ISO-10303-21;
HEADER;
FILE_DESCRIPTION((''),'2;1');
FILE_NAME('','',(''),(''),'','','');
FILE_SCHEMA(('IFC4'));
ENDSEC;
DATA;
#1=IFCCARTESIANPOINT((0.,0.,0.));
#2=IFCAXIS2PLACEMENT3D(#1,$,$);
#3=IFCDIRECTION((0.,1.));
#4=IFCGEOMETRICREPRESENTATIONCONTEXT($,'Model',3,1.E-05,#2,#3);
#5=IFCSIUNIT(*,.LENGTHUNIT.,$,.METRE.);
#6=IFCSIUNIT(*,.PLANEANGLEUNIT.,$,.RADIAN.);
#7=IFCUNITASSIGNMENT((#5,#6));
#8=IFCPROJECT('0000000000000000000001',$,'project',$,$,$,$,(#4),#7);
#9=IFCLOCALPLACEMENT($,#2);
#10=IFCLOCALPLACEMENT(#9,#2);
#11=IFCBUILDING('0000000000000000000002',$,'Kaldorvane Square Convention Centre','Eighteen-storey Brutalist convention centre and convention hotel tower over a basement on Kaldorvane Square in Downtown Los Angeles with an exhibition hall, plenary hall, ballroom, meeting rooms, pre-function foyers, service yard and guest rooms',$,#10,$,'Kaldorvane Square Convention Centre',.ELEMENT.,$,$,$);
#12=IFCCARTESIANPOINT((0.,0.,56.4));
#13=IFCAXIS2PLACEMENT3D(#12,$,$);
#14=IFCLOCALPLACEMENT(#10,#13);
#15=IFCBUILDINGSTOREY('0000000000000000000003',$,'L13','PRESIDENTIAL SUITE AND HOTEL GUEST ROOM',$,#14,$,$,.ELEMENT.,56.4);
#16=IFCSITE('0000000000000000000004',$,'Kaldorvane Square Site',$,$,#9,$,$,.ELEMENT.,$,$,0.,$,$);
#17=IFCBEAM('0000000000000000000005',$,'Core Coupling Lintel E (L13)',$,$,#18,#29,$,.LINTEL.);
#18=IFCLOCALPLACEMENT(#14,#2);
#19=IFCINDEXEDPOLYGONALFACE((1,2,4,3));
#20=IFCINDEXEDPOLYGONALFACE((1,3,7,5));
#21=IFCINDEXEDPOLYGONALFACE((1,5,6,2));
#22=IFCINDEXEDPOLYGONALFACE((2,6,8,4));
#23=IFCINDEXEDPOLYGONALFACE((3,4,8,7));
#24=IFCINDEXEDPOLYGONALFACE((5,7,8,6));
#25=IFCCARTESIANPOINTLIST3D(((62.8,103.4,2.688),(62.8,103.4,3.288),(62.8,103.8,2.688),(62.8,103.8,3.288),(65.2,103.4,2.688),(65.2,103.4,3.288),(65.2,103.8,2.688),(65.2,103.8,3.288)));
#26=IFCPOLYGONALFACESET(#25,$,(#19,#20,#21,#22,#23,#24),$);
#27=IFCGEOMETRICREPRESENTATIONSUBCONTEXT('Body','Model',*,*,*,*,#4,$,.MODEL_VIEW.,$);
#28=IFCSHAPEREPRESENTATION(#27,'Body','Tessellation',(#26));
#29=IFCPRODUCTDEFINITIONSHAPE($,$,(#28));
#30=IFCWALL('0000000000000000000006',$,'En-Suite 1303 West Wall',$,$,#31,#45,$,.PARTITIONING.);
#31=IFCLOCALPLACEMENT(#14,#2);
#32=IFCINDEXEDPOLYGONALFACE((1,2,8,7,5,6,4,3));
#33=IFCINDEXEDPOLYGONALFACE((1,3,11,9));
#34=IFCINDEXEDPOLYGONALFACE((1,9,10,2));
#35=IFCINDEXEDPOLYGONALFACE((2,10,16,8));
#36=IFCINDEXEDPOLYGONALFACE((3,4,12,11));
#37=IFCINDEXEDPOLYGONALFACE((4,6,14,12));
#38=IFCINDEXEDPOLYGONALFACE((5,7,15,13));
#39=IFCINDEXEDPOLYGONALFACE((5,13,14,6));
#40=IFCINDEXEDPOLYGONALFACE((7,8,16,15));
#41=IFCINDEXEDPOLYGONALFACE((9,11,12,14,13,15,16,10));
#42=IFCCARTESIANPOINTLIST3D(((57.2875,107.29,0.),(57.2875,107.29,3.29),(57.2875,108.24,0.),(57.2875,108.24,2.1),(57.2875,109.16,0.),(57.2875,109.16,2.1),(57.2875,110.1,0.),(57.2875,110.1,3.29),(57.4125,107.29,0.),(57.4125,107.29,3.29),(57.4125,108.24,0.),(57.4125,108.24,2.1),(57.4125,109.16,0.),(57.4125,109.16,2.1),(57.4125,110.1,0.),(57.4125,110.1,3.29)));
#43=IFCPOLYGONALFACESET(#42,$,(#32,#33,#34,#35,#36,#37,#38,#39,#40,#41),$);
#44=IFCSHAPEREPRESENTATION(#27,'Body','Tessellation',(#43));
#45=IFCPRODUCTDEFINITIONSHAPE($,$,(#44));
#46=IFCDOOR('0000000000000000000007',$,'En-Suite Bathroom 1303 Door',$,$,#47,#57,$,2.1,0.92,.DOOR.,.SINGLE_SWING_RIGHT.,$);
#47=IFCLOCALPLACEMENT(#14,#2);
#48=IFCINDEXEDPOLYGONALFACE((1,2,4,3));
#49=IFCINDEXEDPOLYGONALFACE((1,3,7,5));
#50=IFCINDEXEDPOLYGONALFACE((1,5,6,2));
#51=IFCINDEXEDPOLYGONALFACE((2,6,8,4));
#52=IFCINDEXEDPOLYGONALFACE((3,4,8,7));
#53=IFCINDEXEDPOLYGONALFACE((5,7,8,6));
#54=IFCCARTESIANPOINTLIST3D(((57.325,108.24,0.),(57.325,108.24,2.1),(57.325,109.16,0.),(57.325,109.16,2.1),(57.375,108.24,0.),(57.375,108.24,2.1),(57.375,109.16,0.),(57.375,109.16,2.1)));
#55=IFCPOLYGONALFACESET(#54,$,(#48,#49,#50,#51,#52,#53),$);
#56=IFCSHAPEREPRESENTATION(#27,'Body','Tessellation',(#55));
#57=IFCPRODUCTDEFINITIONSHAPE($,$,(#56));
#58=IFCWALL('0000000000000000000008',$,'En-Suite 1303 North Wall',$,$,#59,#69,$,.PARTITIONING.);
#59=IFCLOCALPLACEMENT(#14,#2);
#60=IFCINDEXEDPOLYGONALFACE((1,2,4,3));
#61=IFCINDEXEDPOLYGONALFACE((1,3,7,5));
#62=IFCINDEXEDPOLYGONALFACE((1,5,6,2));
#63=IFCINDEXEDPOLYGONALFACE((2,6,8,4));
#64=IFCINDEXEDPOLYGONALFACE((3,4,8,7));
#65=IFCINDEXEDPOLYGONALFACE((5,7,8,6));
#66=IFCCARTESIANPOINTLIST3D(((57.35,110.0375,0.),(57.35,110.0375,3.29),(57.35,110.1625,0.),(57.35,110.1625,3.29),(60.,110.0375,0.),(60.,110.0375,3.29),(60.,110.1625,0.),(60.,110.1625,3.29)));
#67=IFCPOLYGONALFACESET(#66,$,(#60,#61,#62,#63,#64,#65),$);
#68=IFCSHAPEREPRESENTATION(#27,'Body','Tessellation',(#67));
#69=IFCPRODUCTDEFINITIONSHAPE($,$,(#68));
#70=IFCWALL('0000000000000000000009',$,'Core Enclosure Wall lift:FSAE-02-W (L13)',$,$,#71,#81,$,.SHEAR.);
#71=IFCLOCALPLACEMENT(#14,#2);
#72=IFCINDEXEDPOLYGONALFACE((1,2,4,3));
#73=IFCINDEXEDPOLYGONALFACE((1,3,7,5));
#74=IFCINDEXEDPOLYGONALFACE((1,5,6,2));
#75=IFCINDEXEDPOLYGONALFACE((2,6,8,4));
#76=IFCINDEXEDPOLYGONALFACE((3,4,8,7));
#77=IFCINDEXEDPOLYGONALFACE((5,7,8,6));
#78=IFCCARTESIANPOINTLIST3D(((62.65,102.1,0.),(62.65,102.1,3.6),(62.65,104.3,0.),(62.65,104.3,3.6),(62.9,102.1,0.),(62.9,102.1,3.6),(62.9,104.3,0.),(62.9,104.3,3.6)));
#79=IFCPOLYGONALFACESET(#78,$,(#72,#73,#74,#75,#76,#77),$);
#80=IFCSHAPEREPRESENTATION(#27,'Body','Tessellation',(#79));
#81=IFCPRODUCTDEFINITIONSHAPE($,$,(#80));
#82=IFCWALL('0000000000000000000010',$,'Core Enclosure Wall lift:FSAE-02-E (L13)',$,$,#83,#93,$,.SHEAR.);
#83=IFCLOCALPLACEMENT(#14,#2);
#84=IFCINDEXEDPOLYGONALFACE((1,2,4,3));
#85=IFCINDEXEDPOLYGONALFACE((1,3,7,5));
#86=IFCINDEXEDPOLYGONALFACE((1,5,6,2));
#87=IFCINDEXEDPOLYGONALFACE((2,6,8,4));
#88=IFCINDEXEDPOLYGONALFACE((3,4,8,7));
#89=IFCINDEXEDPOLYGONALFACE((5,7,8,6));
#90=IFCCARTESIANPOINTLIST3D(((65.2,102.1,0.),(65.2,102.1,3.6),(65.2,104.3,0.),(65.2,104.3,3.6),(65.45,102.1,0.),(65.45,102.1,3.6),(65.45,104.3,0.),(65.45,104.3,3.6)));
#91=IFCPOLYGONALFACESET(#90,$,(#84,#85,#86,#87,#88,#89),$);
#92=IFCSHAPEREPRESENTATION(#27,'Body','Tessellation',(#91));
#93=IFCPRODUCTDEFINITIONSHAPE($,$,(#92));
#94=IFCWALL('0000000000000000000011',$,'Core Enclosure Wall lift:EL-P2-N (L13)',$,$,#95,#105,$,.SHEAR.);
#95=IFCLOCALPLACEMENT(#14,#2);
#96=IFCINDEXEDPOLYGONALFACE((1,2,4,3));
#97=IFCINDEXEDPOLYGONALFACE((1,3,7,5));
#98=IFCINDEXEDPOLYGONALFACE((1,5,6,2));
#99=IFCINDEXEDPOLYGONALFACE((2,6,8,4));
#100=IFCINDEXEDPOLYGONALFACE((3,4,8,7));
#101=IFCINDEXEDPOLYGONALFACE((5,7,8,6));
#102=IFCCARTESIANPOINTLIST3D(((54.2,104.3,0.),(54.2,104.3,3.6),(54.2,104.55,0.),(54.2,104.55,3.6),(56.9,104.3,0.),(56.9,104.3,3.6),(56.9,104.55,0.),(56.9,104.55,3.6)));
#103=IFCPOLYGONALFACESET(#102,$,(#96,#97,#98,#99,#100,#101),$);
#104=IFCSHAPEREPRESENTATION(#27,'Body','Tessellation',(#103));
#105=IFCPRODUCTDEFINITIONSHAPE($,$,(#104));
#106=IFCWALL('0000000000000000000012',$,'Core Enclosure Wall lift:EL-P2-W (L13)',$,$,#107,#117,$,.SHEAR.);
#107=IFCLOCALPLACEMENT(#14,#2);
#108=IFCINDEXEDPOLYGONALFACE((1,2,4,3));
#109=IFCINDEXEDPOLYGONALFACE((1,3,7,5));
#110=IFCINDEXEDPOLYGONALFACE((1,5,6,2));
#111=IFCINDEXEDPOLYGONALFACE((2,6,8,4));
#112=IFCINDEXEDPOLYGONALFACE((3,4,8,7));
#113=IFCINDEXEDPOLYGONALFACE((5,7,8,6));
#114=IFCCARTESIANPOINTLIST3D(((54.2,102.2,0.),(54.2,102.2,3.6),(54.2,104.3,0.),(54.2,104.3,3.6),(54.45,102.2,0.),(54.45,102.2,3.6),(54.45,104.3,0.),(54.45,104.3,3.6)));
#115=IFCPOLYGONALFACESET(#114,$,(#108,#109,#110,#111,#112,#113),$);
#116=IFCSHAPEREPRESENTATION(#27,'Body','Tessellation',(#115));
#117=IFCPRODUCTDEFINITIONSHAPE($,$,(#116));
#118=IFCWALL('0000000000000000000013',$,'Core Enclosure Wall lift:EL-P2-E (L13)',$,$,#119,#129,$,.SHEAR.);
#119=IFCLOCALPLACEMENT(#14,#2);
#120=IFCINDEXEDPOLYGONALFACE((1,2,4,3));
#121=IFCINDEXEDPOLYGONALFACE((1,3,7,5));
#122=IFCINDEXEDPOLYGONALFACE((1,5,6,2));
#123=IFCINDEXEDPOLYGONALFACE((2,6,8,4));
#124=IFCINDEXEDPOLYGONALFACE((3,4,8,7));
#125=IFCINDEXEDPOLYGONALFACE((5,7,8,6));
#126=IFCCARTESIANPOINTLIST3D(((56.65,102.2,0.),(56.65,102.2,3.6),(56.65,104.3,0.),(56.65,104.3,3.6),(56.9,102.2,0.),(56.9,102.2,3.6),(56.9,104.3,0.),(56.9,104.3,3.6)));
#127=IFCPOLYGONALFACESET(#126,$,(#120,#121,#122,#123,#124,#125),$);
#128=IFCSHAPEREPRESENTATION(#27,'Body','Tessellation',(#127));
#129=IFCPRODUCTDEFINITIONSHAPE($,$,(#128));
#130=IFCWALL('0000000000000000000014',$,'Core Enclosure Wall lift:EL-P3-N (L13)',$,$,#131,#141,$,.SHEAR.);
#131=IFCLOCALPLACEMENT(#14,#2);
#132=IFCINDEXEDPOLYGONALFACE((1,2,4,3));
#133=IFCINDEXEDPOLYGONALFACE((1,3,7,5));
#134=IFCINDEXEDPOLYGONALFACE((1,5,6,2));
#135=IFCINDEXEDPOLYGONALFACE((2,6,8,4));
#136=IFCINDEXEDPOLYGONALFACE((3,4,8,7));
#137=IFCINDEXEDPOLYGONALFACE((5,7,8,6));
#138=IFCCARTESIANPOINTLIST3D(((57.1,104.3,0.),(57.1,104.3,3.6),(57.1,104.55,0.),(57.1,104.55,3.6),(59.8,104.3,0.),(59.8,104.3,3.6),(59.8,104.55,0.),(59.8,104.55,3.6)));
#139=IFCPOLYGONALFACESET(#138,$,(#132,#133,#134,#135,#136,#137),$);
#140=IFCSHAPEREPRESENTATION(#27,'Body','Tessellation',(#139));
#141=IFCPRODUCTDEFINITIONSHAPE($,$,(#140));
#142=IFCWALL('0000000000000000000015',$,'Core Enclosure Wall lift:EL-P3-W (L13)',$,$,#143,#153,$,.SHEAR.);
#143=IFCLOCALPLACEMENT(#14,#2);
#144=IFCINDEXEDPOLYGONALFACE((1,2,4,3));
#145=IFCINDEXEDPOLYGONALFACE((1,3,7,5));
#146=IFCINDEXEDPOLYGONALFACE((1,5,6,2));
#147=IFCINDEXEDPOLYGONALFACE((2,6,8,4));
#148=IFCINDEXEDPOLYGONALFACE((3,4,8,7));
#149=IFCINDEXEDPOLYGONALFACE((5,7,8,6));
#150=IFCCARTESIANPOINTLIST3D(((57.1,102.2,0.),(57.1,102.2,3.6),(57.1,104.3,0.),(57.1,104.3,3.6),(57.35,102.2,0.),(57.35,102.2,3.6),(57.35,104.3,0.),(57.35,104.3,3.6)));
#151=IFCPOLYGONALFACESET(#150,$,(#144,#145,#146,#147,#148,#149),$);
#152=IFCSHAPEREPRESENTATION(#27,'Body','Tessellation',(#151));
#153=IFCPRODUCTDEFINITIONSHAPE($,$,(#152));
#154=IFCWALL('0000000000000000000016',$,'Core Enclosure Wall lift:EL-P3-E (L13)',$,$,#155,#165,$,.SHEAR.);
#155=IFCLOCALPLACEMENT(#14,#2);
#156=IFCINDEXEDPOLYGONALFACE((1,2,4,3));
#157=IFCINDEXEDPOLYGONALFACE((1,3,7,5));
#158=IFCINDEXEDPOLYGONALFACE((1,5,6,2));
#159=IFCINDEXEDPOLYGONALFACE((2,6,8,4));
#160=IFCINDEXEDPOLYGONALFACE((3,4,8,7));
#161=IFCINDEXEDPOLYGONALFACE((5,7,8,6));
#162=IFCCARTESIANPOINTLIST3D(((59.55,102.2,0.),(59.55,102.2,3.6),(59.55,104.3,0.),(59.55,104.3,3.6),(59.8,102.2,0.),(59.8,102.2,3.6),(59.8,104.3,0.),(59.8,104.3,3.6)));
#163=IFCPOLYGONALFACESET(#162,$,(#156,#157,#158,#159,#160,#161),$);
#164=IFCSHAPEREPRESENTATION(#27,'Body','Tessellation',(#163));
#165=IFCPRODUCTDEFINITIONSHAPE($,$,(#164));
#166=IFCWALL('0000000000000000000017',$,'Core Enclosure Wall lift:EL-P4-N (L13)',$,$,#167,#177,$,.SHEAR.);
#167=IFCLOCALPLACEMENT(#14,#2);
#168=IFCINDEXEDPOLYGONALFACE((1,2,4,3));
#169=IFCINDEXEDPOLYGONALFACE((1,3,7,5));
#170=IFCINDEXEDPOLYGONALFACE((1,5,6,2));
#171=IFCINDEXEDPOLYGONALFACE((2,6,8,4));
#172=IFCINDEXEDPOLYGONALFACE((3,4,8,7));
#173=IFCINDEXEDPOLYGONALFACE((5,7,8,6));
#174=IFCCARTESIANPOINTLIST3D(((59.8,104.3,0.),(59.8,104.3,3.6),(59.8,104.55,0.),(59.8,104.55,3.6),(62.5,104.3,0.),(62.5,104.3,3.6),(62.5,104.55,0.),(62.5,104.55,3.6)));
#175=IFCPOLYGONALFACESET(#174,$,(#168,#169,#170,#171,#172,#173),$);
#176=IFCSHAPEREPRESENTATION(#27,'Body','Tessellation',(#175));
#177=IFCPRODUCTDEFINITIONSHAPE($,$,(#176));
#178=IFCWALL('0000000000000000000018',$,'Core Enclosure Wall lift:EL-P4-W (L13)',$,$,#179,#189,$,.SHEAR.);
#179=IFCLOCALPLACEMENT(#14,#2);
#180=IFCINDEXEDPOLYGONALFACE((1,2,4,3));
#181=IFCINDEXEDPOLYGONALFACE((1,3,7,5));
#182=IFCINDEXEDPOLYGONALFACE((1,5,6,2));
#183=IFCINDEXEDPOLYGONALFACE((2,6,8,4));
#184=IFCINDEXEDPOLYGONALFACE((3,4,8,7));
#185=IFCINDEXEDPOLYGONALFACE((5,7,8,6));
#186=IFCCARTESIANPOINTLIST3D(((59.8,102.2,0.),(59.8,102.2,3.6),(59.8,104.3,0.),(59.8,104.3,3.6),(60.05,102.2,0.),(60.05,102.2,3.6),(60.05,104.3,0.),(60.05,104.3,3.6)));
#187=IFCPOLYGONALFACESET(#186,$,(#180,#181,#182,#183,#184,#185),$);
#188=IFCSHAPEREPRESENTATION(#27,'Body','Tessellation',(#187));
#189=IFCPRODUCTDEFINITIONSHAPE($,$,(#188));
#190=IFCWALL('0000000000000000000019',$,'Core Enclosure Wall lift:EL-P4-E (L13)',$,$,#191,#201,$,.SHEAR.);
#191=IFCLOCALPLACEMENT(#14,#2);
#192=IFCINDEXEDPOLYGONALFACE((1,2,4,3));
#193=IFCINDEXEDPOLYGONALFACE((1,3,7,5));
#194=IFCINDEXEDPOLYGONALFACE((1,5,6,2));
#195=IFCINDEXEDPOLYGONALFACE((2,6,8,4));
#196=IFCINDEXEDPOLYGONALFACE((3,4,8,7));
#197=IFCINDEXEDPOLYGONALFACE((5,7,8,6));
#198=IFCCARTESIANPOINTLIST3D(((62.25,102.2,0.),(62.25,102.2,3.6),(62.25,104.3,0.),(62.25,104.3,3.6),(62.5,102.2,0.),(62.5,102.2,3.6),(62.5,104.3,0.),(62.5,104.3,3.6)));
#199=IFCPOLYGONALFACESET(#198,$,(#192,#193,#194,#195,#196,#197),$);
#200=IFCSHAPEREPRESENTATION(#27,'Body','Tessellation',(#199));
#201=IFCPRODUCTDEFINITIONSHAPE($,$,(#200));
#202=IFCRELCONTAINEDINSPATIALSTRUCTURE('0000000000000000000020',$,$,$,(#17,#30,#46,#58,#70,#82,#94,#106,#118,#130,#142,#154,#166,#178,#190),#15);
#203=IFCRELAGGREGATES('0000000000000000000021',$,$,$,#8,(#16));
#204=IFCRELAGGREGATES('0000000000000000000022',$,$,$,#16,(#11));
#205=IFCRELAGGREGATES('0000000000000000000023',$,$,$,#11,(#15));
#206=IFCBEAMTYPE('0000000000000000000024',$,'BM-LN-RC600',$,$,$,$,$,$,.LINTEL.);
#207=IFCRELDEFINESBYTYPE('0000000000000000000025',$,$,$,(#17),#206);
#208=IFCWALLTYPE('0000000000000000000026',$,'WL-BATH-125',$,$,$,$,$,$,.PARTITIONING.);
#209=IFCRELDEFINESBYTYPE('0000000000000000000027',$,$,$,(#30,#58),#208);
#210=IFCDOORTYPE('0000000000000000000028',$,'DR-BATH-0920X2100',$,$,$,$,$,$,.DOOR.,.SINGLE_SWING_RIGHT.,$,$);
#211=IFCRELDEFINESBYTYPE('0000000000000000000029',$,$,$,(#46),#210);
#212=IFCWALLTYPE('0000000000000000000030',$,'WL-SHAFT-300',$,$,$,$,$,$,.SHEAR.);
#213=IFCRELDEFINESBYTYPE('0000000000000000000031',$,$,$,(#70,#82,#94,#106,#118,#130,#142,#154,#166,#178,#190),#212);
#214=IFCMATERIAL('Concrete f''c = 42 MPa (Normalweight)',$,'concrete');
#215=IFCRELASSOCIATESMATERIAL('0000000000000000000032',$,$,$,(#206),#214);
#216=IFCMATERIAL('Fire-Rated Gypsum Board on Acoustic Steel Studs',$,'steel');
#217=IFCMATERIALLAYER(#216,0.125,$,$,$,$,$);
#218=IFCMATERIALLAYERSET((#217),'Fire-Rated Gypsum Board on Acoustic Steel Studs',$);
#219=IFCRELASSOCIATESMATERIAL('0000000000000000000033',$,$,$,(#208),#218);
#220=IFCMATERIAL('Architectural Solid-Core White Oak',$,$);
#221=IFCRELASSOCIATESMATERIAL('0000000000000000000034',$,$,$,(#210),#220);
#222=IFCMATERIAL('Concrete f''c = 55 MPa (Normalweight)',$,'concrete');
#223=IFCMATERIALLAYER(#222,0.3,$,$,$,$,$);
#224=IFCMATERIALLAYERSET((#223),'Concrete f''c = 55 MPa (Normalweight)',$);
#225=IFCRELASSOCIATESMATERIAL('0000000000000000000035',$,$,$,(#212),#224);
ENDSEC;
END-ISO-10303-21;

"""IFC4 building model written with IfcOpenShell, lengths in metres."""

from ifc_helpers import new_model, si_unit, direction, frame, frame_2d, origin, origin_2d, place, context, subcontext, project, spatial, rectangle, extrude, material, layer, layer_set, material_profile, profile_set, type_object, element, fill, save


model = new_model("IFC4")

# Units and contexts
model_context = context("Model", 3, precision=1e-05, world=origin(), true_north=direction((0.0, 1.0)))
body_context = subcontext(model_context, "Body", "Model", "MODEL_VIEW")
ifc_project = project(units=[si_unit("LENGTHUNIT", "METRE"), si_unit("PLANEANGLEUNIT", "RADIAN")], contexts=[model_context])

# Site, building, storey
site_placement = place(None, origin())
site = spatial("IfcSite", under=ifc_project, at=site_placement, Name="Kaldorvane Square Site", CompositionType="ELEMENT", RefElevation=0.0)
building_placement = place(site_placement, origin())
building = spatial("IfcBuilding", under=site, at=building_placement, Name="Kaldorvane Square Convention Centre", Description="Eighteen-storey Brutalist convention centre and convention hotel tower over a basement on Kaldorvane Square in Downtown Los Angeles with an exhibition hall, plenary hall, ballroom, meeting rooms, pre-function foyers, service yard and guest rooms", LongName="Kaldorvane Square Convention Centre", CompositionType="ELEMENT")
storey_placement = place(building_placement, frame((0.0, 0.0, 56.4)))
storey = spatial("IfcBuildingStorey", under=building, at=storey_placement, Name="L13", Description="PRESIDENTIAL SUITE AND HOTEL GUEST ROOM", CompositionType="ELEMENT", Elevation=56.4)

# Beam
ifc_material_1 = material(Name="Concrete f'c = 42 MPa (Normalweight)", Category="concrete")
ifc_material_profile = material_profile(ifc_material_1, rectangle(XDim=0.4, YDim=0.6, at=origin_2d()), Name="RCLN600X400")
ifc_profile_set = profile_set([ifc_material_profile], Name="Concrete f'c = 42 MPa (Normalweight)")
beam_type = type_object("IfcBeamType", Name="BM-LN-RC600", PredefinedType="LINTEL", material=ifc_profile_set)
beam_placement = place(storey_placement, frame((62.8, 103.6, 2.988), z_axis=(1.0, 0.0, 0.0), x_axis=(0.0, 1.0, 0.0)))
element("IfcBeam", 1, at=beam_placement, inside=storey, type_object=beam_type, Name="Core Coupling Lintel E (L13)", PredefinedType="LINTEL", context=body_context, shape_type="SweptSolid", body=[
    extrude(rectangle(XDim=0.4, YDim=0.6, at=origin_2d()), origin(), (0.0, 0.0, 1.0), 2.4),
])

# Wall, opening, door
ifc_material_2 = material(Name="Fire-Rated Gypsum Board on Acoustic Steel Studs", Category="steel")
ifc_layer_1 = layer(ifc_material_2, 0.125)
ifc_layer_set_1 = layer_set([ifc_layer_1], Name="Fire-Rated Gypsum Board on Acoustic Steel Studs")
wall_type_1 = type_object("IfcWallType", Name="WL-BATH-125", PredefinedType="PARTITIONING", material=ifc_layer_set_1)
wall_1_placement = place(storey_placement, frame((57.35, 107.29, 0.0), z_axis=(0.0, 0.0, 1.0), x_axis=(0.0, 1.0, 0.0)))
wall_1 = element("IfcWall", 2, at=wall_1_placement, inside=storey, type_object=wall_type_1, Name="En-Suite 1303 West Wall", PredefinedType="PARTITIONING", context=body_context, shape_type="SweptSolid", body=[
    extrude(rectangle(XDim=2.81, YDim=0.125, at=frame_2d((1.405, 0.0))), origin(), (0.0, 0.0, 1.0), 3.29),
])
opening_1_placement = place(wall_1_placement, frame((0.95, 0.0, 0.0)))
opening_1 = element("IfcOpeningElement", 3, at=opening_1_placement, cuts=wall_1, PredefinedType="OPENING", context=body_context, shape_type="SweptSolid", body=[
    extrude(rectangle(XDim=0.92, YDim=2.1, at=frame_2d((0.46, 1.05))), frame((0.0, 0.0775, 0.0), z_axis=(0.0, -1.0, 0.0), x_axis=(1.0, 0.0, 0.0)), (0.0, 0.0, 1.0), 0.155),
])
ifc_material_3 = material(Name="Architectural Solid-Core White Oak")
door_type_1 = type_object("IfcDoorType", Name="DR-BATH-0920X2100", OperationType="SINGLE_SWING_RIGHT", PredefinedType="DOOR", material=ifc_material_3)
door_1_placement = place(opening_1_placement, origin())
door_1 = element("IfcDoor", 4, at=door_1_placement, inside=storey, type_object=door_type_1, Name="En-Suite Bathroom 1303 Door", OperationType="SINGLE_SWING_RIGHT", OverallHeight=2.1, OverallWidth=0.92, PredefinedType="DOOR", context=body_context, shape_type="SweptSolid", body=[
    extrude(rectangle(XDim=0.92, YDim=2.1, at=frame_2d((0.46, 1.05))), frame((0.0, 0.025, 0.0), z_axis=(0.0, -1.0, 0.0), x_axis=(1.0, 0.0, 0.0)), (0.0, 0.0, 1.0), 0.05),
])
fill(opening_1, door_1)

# Walls
wall_2_placement = place(storey_placement, frame((57.35, 110.1, 0.0), z_axis=(0.0, 0.0, 1.0), x_axis=(1.0, 0.0, 0.0)))
element("IfcWall", 5, at=wall_2_placement, inside=storey, type_object=wall_type_1, Name="En-Suite 1303 North Wall", PredefinedType="PARTITIONING", context=body_context, shape_type="SweptSolid", body=[
    extrude(rectangle(XDim=2.65, YDim=0.125, at=frame_2d((1.325, 0.0))), origin(), (0.0, 0.0, 1.0), 3.29),
])
ifc_material_4 = material(Name="Concrete f'c = 55 MPa (Normalweight)", Category="concrete")
ifc_layer_2 = layer(ifc_material_4, 0.3)
ifc_layer_set_2 = layer_set([ifc_layer_2], Name="Concrete f'c = 55 MPa (Normalweight)")
wall_type_2 = type_object("IfcWallType", Name="WL-SHAFT-300", PredefinedType="SHEAR", material=ifc_layer_set_2)
for number, where, z_axis, x_axis, name in (
    (6, (62.775, 104.3, 0.0), (0.0, 0.0, 1.0), (0.0, -1.0, 0.0), "Core Enclosure Wall lift:FSAE-02-W (L13)"),
    (7, (65.325, 102.1, 0.0), (0.0, 0.0, 1.0), (0.0, 1.0, 0.0), "Core Enclosure Wall lift:FSAE-02-E (L13)"),
):
    element("IfcWall", number, at=place(storey_placement, frame(where, z_axis=z_axis, x_axis=x_axis)), inside=storey, type_object=wall_type_2, Name=name, PredefinedType="SHEAR", context=body_context, shape_type="SweptSolid", body=[
        extrude(rectangle(XDim=2.2, YDim=0.25, at=frame_2d((1.1, 0.0))), origin(), (0.0, 0.0, 1.0), 3.6),
    ])
wall_3_placement = place(storey_placement, frame((56.9, 104.425, 0.0), z_axis=(0.0, 0.0, 1.0), x_axis=(-1.0, 0.0, 0.0)))
element("IfcWall", 8, at=wall_3_placement, inside=storey, type_object=wall_type_2, Name="Core Enclosure Wall lift:EL-P2-N (L13)", PredefinedType="SHEAR", context=body_context, shape_type="SweptSolid", body=[
    extrude(rectangle(XDim=2.7, YDim=0.25, at=frame_2d((1.35, 0.0))), origin(), (0.0, 0.0, 1.0), 3.6),
])
for number, where, z_axis, x_axis, name in (
    (9, (54.325, 104.3, 0.0), (0.0, 0.0, 1.0), (0.0, -1.0, 0.0), "Core Enclosure Wall lift:EL-P2-W (L13)"),
    (10, (56.775, 102.2, 0.0), (0.0, 0.0, 1.0), (0.0, 1.0, 0.0), "Core Enclosure Wall lift:EL-P2-E (L13)"),
):
    element("IfcWall", number, at=place(storey_placement, frame(where, z_axis=z_axis, x_axis=x_axis)), inside=storey, type_object=wall_type_2, Name=name, PredefinedType="SHEAR", context=body_context, shape_type="SweptSolid", body=[
        extrude(rectangle(XDim=2.1, YDim=0.25, at=frame_2d((1.05, 0.0))), origin(), (0.0, 0.0, 1.0), 3.6),
    ])

# Walls
wall_4_placement = place(storey_placement, frame((59.8, 104.425, 0.0), z_axis=(0.0, 0.0, 1.0), x_axis=(-1.0, 0.0, 0.0)))
element("IfcWall", 11, at=wall_4_placement, inside=storey, type_object=wall_type_2, Name="Core Enclosure Wall lift:EL-P3-N (L13)", PredefinedType="SHEAR", context=body_context, shape_type="SweptSolid", body=[
    extrude(rectangle(XDim=2.7, YDim=0.25, at=frame_2d((1.35, 0.0))), origin(), (0.0, 0.0, 1.0), 3.6),
])
for number, where, z_axis, x_axis, name in (
    (12, (57.225, 104.3, 0.0), (0.0, 0.0, 1.0), (0.0, -1.0, 0.0), "Core Enclosure Wall lift:EL-P3-W (L13)"),
    (13, (59.675, 102.2, 0.0), (0.0, 0.0, 1.0), (0.0, 1.0, 0.0), "Core Enclosure Wall lift:EL-P3-E (L13)"),
):
    element("IfcWall", number, at=place(storey_placement, frame(where, z_axis=z_axis, x_axis=x_axis)), inside=storey, type_object=wall_type_2, Name=name, PredefinedType="SHEAR", context=body_context, shape_type="SweptSolid", body=[
        extrude(rectangle(XDim=2.1, YDim=0.25, at=frame_2d((1.05, 0.0))), origin(), (0.0, 0.0, 1.0), 3.6),
    ])

# Walls
wall_5_placement = place(storey_placement, frame((62.5, 104.425, 0.0), z_axis=(0.0, 0.0, 1.0), x_axis=(-1.0, 0.0, 0.0)))
element("IfcWall", 14, at=wall_5_placement, inside=storey, type_object=wall_type_2, Name="Core Enclosure Wall lift:EL-P4-N (L13)", PredefinedType="SHEAR", context=body_context, shape_type="SweptSolid", body=[
    extrude(rectangle(XDim=2.7, YDim=0.25, at=frame_2d((1.35, 0.0))), origin(), (0.0, 0.0, 1.0), 3.6),
])
for number, where, z_axis, x_axis, name in (
    (15, (59.925, 104.3, 0.0), (0.0, 0.0, 1.0), (0.0, -1.0, 0.0), "Core Enclosure Wall lift:EL-P4-W (L13)"),
    (16, (62.375, 102.2, 0.0), (0.0, 0.0, 1.0), (0.0, 1.0, 0.0), "Core Enclosure Wall lift:EL-P4-E (L13)"),
):
    element("IfcWall", number, at=place(storey_placement, frame(where, z_axis=z_axis, x_axis=x_axis)), inside=storey, type_object=wall_type_2, Name=name, PredefinedType="SHEAR", context=body_context, shape_type="SweptSolid", body=[
        extrude(rectangle(XDim=2.1, YDim=0.25, at=frame_2d((1.05, 0.0))), origin(), (0.0, 0.0, 1.0), 3.6),
    ])

save(model, "model.ifc")
